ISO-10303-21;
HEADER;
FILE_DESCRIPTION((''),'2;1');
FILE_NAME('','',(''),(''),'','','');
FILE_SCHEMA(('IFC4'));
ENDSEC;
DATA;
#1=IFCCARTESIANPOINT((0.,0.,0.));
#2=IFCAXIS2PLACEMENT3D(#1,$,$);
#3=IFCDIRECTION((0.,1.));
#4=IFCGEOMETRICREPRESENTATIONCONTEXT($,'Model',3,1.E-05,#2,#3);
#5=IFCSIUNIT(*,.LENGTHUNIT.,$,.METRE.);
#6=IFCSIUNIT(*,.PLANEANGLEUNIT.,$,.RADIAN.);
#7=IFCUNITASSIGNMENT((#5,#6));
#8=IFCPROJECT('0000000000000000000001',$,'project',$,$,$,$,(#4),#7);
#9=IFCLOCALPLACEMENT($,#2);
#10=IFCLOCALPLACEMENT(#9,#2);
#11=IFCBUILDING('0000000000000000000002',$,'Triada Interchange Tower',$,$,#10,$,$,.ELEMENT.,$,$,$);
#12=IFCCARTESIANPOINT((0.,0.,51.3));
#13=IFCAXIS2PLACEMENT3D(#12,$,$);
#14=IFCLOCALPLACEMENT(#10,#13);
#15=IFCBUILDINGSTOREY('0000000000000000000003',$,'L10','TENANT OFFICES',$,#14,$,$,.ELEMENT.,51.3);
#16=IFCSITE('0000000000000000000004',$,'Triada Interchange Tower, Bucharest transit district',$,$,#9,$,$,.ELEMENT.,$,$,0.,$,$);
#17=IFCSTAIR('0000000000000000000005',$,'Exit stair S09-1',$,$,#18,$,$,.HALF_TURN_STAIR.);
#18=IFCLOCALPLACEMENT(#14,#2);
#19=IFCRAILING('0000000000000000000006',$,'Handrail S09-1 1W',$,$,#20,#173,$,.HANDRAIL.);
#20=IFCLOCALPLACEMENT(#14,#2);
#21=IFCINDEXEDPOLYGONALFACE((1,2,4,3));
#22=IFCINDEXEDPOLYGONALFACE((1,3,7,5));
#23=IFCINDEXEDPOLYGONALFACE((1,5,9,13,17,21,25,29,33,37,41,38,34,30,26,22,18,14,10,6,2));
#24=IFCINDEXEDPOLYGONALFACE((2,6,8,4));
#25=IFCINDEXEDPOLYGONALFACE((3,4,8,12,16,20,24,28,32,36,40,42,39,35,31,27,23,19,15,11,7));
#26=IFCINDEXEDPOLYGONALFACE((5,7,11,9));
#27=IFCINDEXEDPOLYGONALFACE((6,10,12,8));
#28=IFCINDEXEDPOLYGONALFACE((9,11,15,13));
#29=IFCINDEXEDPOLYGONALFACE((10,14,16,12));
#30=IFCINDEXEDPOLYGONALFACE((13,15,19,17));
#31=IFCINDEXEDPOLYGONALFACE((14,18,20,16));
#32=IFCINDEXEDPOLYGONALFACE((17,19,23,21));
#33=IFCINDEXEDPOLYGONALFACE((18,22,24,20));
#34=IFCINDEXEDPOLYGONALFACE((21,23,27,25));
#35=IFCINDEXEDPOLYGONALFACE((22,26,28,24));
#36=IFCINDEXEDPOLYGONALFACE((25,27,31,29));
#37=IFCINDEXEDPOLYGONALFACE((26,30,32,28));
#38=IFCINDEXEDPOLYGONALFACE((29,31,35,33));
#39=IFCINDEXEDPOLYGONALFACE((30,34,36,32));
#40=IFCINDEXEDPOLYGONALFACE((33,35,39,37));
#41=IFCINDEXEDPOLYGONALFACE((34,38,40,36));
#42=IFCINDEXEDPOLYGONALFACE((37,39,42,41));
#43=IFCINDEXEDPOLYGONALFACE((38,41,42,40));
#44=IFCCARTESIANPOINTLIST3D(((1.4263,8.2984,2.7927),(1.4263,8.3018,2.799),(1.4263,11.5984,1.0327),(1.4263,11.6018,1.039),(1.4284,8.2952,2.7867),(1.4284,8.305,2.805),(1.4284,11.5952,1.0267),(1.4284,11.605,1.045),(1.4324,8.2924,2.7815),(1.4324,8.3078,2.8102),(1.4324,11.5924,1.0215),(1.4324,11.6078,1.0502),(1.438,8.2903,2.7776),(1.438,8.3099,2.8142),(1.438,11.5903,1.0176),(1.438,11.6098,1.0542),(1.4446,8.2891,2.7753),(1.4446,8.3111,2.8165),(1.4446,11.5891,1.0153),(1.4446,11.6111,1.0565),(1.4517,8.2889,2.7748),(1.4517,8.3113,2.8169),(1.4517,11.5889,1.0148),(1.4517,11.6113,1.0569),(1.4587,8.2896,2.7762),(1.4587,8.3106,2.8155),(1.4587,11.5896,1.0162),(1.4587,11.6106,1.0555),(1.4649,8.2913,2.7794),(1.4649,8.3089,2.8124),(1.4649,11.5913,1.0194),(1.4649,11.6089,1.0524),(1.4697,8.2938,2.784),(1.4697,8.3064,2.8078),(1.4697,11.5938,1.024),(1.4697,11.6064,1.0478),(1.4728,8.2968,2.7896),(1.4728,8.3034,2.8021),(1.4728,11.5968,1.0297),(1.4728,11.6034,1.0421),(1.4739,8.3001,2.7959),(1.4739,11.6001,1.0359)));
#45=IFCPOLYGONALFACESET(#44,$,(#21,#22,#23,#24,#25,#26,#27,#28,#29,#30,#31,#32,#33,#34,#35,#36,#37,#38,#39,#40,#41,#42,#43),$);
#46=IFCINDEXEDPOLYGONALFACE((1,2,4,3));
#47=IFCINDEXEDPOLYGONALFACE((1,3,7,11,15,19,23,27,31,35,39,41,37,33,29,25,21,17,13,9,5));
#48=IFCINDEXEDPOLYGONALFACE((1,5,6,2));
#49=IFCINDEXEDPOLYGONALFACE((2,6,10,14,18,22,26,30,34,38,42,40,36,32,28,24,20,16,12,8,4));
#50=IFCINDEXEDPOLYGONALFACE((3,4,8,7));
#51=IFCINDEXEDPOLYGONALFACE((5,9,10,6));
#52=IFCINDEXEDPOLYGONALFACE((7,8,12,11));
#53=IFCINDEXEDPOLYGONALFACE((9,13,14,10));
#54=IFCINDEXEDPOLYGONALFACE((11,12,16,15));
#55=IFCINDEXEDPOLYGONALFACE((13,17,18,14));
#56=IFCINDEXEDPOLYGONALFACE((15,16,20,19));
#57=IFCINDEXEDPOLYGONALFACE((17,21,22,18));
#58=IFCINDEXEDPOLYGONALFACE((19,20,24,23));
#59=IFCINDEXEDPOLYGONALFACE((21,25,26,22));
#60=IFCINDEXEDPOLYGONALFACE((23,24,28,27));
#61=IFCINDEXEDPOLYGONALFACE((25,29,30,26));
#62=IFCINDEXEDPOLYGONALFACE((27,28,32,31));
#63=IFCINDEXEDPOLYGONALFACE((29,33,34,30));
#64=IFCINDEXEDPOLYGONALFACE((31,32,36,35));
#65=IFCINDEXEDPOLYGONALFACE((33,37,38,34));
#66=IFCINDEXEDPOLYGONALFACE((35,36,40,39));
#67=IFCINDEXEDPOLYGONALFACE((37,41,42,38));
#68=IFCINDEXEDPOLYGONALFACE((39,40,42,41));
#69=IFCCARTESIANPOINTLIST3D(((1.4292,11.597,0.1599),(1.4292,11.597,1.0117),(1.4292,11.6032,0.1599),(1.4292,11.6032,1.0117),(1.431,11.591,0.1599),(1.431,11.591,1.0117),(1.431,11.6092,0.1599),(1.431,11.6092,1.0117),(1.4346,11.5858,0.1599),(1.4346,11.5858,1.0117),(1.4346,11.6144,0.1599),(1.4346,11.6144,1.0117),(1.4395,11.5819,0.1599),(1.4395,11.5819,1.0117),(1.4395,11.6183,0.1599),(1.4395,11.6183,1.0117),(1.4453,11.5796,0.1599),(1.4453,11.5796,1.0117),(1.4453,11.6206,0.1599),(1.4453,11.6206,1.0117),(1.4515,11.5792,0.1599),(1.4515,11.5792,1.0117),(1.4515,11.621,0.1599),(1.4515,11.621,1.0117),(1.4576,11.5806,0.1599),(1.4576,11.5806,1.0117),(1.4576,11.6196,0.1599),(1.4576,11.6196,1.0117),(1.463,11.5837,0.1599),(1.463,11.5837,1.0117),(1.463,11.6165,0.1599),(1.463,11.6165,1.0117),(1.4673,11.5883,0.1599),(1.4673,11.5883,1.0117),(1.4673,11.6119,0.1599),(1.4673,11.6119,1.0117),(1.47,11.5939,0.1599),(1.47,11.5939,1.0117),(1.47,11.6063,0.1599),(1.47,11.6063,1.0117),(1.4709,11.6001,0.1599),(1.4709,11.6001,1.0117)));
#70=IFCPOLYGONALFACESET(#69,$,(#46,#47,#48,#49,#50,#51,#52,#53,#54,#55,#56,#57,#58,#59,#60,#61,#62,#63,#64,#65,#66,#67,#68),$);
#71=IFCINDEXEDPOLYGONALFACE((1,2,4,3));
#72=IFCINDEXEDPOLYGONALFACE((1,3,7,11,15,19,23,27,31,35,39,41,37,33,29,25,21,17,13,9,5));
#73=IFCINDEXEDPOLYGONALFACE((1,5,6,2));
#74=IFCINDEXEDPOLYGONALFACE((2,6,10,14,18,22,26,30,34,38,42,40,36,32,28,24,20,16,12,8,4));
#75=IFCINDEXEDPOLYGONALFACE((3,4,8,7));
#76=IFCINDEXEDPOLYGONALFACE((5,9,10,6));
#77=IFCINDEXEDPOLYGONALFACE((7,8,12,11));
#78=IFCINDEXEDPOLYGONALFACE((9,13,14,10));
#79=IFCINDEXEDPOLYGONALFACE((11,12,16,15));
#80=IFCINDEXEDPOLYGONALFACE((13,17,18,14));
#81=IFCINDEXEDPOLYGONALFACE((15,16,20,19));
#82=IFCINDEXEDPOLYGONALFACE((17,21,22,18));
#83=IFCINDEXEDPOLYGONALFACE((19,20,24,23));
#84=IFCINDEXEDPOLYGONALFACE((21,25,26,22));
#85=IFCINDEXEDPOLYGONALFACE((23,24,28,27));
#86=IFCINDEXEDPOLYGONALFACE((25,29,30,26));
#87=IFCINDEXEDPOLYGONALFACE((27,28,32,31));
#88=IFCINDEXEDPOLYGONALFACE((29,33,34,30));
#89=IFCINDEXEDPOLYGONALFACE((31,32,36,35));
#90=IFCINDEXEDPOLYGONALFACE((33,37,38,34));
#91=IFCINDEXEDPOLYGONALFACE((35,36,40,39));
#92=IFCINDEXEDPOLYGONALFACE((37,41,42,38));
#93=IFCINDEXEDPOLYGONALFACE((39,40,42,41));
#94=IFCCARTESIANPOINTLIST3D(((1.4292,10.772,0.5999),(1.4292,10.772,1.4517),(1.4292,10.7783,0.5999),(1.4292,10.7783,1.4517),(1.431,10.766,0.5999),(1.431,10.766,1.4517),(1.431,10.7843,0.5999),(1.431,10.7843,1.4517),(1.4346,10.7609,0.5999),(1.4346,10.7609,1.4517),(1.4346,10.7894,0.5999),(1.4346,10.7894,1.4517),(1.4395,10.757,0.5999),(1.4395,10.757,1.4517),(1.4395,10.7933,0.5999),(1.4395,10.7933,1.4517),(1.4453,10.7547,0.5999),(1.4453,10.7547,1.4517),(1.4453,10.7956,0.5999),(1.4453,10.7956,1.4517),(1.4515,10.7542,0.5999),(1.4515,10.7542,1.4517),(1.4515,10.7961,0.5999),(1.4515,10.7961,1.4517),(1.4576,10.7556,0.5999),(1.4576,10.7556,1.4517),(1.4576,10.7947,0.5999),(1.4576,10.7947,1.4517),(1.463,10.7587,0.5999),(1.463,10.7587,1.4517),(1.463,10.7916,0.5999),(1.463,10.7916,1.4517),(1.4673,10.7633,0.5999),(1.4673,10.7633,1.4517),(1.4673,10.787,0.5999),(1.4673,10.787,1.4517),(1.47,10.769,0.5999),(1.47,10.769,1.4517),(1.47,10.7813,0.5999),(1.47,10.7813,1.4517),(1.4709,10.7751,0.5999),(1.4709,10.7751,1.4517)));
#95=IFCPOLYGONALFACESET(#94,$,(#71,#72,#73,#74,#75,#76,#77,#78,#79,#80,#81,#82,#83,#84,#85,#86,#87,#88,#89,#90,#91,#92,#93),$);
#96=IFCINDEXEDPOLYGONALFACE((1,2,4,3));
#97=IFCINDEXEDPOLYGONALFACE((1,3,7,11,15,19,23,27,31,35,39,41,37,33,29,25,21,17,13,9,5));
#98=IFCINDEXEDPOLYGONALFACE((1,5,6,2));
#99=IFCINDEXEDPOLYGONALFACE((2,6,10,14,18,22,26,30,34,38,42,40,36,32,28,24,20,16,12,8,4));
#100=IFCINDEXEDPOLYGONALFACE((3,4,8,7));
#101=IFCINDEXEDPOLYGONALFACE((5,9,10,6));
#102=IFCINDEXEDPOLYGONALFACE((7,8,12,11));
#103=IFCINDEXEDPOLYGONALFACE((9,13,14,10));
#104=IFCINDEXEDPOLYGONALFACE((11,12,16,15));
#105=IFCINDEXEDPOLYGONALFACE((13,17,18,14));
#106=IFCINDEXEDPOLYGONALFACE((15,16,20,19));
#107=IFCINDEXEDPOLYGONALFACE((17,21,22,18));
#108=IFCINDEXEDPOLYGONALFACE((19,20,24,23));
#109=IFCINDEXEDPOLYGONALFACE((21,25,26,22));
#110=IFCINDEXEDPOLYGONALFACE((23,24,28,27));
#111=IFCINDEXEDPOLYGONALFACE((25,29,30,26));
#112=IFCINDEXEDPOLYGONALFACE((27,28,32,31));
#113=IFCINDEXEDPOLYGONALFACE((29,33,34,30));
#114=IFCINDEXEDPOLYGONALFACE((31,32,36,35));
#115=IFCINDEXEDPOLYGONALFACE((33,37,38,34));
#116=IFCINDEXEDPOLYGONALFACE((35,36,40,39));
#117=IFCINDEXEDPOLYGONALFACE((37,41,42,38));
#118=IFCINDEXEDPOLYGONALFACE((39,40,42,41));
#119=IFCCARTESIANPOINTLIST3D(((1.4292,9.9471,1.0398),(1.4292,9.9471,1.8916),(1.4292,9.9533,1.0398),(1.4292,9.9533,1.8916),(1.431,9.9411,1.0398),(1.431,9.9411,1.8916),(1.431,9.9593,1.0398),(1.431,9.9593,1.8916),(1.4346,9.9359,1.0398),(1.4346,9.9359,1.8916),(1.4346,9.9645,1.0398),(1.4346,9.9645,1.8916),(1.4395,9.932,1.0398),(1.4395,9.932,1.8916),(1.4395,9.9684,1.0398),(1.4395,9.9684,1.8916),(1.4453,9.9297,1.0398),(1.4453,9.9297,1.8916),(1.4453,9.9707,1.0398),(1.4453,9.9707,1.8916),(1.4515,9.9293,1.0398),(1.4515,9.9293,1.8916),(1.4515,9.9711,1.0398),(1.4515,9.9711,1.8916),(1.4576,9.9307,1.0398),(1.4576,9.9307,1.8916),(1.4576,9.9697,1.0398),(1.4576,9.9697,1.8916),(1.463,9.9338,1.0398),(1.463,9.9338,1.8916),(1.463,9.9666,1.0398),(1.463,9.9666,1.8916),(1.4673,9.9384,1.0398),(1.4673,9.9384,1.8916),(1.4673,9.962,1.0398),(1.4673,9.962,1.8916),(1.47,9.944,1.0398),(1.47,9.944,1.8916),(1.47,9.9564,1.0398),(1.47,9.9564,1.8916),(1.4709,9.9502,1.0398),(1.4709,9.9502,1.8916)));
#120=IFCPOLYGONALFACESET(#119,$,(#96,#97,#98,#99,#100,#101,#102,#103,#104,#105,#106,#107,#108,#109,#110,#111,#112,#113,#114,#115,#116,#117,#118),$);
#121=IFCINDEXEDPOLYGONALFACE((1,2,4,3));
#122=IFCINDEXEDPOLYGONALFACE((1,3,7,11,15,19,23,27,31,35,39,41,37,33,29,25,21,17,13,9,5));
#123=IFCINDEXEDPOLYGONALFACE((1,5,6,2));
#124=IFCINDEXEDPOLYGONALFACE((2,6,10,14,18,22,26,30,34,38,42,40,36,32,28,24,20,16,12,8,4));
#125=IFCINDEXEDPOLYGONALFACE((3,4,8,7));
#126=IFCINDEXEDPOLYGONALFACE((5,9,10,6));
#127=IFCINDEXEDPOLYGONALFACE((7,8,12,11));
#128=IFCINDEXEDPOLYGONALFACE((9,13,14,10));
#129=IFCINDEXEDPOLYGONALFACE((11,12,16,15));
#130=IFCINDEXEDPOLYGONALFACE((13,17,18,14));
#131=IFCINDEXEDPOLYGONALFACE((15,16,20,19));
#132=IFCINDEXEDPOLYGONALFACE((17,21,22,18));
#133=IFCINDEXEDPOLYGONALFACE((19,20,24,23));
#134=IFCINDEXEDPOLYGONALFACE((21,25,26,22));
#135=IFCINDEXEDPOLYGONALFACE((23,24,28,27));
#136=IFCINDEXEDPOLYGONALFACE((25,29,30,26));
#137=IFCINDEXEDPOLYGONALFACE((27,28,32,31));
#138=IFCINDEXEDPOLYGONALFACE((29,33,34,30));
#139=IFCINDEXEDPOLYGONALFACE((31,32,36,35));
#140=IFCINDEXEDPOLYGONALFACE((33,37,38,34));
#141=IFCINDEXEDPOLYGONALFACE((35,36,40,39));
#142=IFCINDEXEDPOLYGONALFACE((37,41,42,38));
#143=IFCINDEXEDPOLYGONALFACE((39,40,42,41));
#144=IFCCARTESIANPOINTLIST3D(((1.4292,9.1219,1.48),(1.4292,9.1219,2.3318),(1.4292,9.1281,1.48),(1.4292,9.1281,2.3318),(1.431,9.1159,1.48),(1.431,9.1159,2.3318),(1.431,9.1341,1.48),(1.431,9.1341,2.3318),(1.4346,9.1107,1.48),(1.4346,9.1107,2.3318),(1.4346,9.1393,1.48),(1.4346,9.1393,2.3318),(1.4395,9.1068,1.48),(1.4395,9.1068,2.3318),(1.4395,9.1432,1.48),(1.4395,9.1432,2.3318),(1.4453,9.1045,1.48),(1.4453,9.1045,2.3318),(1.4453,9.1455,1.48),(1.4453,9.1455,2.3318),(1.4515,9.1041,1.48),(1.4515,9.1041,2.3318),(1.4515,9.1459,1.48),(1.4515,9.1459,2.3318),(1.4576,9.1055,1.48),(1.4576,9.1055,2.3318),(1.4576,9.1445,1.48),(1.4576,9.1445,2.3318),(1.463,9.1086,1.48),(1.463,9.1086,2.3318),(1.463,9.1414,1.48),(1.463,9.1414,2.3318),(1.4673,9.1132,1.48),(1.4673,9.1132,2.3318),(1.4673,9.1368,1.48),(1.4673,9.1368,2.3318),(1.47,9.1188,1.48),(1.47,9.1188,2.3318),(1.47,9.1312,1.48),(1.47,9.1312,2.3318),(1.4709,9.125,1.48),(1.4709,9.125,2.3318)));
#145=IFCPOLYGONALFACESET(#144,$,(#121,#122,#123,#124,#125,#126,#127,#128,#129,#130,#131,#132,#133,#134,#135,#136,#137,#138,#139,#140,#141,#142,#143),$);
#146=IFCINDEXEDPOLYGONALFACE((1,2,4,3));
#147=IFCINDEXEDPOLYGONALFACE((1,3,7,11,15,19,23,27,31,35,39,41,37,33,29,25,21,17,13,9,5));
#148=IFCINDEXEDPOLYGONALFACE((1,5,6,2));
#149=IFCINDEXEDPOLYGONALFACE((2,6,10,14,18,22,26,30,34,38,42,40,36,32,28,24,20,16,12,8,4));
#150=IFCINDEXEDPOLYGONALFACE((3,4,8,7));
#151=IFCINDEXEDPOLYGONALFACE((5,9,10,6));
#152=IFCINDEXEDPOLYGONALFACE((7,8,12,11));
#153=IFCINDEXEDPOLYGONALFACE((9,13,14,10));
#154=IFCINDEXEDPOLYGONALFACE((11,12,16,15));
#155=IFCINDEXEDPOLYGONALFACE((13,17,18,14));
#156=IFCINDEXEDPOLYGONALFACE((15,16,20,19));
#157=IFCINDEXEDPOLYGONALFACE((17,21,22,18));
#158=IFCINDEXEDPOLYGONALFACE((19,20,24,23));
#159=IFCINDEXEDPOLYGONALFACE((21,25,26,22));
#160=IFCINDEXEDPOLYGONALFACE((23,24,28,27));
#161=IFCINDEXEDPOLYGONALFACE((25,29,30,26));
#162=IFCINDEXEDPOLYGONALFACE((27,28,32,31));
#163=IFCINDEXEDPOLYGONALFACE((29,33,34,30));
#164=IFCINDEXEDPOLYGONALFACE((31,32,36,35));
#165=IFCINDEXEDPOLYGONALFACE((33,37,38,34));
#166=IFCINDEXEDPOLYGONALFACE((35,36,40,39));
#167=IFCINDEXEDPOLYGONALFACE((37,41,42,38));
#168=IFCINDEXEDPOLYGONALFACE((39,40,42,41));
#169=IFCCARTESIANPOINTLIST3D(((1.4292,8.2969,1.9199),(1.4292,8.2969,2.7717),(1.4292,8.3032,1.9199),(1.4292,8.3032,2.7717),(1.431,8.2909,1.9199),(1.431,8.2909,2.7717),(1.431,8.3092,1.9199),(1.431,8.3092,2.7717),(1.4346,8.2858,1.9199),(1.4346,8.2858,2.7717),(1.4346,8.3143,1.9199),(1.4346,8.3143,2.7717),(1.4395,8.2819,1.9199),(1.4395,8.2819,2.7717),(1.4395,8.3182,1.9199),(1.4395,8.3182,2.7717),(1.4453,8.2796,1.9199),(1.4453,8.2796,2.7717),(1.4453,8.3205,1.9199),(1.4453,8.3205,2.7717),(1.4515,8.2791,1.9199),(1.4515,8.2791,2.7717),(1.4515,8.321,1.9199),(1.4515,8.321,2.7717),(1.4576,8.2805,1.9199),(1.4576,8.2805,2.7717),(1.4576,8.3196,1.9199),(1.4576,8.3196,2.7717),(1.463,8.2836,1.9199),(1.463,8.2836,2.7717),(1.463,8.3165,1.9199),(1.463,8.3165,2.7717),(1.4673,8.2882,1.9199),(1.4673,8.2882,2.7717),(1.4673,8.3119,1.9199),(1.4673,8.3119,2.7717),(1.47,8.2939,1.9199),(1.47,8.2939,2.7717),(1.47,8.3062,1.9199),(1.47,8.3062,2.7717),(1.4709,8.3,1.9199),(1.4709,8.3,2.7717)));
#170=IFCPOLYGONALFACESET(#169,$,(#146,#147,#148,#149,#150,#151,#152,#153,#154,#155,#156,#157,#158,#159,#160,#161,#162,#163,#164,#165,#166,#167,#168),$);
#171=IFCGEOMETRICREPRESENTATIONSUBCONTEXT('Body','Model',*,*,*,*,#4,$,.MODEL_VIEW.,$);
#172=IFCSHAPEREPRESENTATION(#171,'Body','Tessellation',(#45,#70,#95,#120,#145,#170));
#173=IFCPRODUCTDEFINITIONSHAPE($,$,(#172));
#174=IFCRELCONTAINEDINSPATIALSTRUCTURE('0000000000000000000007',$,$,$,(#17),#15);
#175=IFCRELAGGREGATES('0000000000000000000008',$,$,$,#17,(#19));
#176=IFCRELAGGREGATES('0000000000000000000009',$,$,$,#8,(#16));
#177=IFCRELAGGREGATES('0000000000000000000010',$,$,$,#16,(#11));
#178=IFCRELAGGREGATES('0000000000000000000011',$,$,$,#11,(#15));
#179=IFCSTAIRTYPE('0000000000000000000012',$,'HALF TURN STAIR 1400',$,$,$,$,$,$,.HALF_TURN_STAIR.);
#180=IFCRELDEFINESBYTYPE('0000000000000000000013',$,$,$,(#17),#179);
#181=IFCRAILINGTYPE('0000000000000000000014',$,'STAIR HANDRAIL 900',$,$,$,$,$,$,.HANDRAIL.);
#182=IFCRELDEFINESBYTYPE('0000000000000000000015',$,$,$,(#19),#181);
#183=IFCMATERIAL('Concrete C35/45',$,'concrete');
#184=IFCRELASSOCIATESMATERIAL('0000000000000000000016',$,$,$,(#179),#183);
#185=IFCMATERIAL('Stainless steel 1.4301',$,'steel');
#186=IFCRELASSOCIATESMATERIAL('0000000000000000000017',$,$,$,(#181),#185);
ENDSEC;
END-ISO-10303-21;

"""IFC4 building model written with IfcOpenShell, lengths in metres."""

from ifc_helpers import new_model, si_unit, direction, frame, origin, origin_2d, place, context, subcontext, project, spatial, circle, extrude, material, type_object, element, aggregate, save


model = new_model("IFC4")

# Units and contexts
model_context = context("Model", 3, precision=1e-05, world=origin(), true_north=direction((0.0, 1.0)))
body_context = subcontext(model_context, "Body", "Model", "MODEL_VIEW")
ifc_project = project(units=[si_unit("LENGTHUNIT", "METRE"), si_unit("PLANEANGLEUNIT", "RADIAN")], contexts=[model_context])

# Site, building, storey
site_placement = place(None, origin())
site = spatial("IfcSite", under=ifc_project, at=site_placement, Name="Triada Interchange Tower, Bucharest transit district", CompositionType="ELEMENT", RefElevation=0.0)
building_placement = place(site_placement, origin())
building = spatial("IfcBuilding", under=site, at=building_placement, Name="Triada Interchange Tower", CompositionType="ELEMENT")
storey_placement = place(building_placement, frame((0.0, 0.0, 51.3)))
storey = spatial("IfcBuildingStorey", under=building, at=storey_placement, Name="L10", Description="TENANT OFFICES", CompositionType="ELEMENT", Elevation=51.3)

# Stair
ifc_material_1 = material(Name="Concrete C35/45", Category="concrete")
stair_type = type_object("IfcStairType", Name="HALF TURN STAIR 1400", PredefinedType="HALF_TURN_STAIR", material=ifc_material_1)
stair_placement = place(storey_placement, origin())
stair = element("IfcStair", 1, at=stair_placement, inside=storey, type_object=stair_type, Name="Exit stair S09-1", PredefinedType="HALF_TURN_STAIR")

# Railing
ifc_material_2 = material(Name="Stainless steel 1.4301", Category="steel")
railing_type = type_object("IfcRailingType", Name="STAIR HANDRAIL 900", PredefinedType="HANDRAIL", material=ifc_material_2)
railing_1_placement = place(storey_placement, frame((1.45, 11.6001, 0.1599)))
railing_1 = element("IfcRailing", 2, at=railing_1_placement, type_object=railing_type, Name="Handrail S09-1 1W", PredefinedType="HANDRAIL", context=body_context, shape_type="SweptSolid", body=[
    extrude(circle(Radius=0.0239, at=origin_2d()), frame((0.0, 0.0, 0.876), z_axis=(0.0, -0.882355, 0.470585), x_axis=(1.0, 0.0, 0.0)), (0.0, 0.0, 1.0), 3.74),
    extrude(circle(Radius=0.021, at=origin_2d()), origin(), (0.0, 0.0, 1.0), 0.8518),
    extrude(circle(Radius=0.021, at=origin_2d()), frame((0.0, -0.825, 0.4399)), (0.0, 0.0, 1.0), 0.8518),
    extrude(circle(Radius=0.021, at=origin_2d()), frame((0.0, -1.6499, 0.8799)), (0.0, 0.0, 1.0), 0.8518),
    extrude(circle(Radius=0.021, at=origin_2d()), frame((0.0, -2.4751, 1.3201)), (0.0, 0.0, 1.0), 0.8518),
    extrude(circle(Radius=0.021, at=origin_2d()), frame((0.0, -3.3, 1.76)), (0.0, 0.0, 1.0), 0.8518),
])
aggregate(stair, [railing_1])

save(model, "model.ifc")
